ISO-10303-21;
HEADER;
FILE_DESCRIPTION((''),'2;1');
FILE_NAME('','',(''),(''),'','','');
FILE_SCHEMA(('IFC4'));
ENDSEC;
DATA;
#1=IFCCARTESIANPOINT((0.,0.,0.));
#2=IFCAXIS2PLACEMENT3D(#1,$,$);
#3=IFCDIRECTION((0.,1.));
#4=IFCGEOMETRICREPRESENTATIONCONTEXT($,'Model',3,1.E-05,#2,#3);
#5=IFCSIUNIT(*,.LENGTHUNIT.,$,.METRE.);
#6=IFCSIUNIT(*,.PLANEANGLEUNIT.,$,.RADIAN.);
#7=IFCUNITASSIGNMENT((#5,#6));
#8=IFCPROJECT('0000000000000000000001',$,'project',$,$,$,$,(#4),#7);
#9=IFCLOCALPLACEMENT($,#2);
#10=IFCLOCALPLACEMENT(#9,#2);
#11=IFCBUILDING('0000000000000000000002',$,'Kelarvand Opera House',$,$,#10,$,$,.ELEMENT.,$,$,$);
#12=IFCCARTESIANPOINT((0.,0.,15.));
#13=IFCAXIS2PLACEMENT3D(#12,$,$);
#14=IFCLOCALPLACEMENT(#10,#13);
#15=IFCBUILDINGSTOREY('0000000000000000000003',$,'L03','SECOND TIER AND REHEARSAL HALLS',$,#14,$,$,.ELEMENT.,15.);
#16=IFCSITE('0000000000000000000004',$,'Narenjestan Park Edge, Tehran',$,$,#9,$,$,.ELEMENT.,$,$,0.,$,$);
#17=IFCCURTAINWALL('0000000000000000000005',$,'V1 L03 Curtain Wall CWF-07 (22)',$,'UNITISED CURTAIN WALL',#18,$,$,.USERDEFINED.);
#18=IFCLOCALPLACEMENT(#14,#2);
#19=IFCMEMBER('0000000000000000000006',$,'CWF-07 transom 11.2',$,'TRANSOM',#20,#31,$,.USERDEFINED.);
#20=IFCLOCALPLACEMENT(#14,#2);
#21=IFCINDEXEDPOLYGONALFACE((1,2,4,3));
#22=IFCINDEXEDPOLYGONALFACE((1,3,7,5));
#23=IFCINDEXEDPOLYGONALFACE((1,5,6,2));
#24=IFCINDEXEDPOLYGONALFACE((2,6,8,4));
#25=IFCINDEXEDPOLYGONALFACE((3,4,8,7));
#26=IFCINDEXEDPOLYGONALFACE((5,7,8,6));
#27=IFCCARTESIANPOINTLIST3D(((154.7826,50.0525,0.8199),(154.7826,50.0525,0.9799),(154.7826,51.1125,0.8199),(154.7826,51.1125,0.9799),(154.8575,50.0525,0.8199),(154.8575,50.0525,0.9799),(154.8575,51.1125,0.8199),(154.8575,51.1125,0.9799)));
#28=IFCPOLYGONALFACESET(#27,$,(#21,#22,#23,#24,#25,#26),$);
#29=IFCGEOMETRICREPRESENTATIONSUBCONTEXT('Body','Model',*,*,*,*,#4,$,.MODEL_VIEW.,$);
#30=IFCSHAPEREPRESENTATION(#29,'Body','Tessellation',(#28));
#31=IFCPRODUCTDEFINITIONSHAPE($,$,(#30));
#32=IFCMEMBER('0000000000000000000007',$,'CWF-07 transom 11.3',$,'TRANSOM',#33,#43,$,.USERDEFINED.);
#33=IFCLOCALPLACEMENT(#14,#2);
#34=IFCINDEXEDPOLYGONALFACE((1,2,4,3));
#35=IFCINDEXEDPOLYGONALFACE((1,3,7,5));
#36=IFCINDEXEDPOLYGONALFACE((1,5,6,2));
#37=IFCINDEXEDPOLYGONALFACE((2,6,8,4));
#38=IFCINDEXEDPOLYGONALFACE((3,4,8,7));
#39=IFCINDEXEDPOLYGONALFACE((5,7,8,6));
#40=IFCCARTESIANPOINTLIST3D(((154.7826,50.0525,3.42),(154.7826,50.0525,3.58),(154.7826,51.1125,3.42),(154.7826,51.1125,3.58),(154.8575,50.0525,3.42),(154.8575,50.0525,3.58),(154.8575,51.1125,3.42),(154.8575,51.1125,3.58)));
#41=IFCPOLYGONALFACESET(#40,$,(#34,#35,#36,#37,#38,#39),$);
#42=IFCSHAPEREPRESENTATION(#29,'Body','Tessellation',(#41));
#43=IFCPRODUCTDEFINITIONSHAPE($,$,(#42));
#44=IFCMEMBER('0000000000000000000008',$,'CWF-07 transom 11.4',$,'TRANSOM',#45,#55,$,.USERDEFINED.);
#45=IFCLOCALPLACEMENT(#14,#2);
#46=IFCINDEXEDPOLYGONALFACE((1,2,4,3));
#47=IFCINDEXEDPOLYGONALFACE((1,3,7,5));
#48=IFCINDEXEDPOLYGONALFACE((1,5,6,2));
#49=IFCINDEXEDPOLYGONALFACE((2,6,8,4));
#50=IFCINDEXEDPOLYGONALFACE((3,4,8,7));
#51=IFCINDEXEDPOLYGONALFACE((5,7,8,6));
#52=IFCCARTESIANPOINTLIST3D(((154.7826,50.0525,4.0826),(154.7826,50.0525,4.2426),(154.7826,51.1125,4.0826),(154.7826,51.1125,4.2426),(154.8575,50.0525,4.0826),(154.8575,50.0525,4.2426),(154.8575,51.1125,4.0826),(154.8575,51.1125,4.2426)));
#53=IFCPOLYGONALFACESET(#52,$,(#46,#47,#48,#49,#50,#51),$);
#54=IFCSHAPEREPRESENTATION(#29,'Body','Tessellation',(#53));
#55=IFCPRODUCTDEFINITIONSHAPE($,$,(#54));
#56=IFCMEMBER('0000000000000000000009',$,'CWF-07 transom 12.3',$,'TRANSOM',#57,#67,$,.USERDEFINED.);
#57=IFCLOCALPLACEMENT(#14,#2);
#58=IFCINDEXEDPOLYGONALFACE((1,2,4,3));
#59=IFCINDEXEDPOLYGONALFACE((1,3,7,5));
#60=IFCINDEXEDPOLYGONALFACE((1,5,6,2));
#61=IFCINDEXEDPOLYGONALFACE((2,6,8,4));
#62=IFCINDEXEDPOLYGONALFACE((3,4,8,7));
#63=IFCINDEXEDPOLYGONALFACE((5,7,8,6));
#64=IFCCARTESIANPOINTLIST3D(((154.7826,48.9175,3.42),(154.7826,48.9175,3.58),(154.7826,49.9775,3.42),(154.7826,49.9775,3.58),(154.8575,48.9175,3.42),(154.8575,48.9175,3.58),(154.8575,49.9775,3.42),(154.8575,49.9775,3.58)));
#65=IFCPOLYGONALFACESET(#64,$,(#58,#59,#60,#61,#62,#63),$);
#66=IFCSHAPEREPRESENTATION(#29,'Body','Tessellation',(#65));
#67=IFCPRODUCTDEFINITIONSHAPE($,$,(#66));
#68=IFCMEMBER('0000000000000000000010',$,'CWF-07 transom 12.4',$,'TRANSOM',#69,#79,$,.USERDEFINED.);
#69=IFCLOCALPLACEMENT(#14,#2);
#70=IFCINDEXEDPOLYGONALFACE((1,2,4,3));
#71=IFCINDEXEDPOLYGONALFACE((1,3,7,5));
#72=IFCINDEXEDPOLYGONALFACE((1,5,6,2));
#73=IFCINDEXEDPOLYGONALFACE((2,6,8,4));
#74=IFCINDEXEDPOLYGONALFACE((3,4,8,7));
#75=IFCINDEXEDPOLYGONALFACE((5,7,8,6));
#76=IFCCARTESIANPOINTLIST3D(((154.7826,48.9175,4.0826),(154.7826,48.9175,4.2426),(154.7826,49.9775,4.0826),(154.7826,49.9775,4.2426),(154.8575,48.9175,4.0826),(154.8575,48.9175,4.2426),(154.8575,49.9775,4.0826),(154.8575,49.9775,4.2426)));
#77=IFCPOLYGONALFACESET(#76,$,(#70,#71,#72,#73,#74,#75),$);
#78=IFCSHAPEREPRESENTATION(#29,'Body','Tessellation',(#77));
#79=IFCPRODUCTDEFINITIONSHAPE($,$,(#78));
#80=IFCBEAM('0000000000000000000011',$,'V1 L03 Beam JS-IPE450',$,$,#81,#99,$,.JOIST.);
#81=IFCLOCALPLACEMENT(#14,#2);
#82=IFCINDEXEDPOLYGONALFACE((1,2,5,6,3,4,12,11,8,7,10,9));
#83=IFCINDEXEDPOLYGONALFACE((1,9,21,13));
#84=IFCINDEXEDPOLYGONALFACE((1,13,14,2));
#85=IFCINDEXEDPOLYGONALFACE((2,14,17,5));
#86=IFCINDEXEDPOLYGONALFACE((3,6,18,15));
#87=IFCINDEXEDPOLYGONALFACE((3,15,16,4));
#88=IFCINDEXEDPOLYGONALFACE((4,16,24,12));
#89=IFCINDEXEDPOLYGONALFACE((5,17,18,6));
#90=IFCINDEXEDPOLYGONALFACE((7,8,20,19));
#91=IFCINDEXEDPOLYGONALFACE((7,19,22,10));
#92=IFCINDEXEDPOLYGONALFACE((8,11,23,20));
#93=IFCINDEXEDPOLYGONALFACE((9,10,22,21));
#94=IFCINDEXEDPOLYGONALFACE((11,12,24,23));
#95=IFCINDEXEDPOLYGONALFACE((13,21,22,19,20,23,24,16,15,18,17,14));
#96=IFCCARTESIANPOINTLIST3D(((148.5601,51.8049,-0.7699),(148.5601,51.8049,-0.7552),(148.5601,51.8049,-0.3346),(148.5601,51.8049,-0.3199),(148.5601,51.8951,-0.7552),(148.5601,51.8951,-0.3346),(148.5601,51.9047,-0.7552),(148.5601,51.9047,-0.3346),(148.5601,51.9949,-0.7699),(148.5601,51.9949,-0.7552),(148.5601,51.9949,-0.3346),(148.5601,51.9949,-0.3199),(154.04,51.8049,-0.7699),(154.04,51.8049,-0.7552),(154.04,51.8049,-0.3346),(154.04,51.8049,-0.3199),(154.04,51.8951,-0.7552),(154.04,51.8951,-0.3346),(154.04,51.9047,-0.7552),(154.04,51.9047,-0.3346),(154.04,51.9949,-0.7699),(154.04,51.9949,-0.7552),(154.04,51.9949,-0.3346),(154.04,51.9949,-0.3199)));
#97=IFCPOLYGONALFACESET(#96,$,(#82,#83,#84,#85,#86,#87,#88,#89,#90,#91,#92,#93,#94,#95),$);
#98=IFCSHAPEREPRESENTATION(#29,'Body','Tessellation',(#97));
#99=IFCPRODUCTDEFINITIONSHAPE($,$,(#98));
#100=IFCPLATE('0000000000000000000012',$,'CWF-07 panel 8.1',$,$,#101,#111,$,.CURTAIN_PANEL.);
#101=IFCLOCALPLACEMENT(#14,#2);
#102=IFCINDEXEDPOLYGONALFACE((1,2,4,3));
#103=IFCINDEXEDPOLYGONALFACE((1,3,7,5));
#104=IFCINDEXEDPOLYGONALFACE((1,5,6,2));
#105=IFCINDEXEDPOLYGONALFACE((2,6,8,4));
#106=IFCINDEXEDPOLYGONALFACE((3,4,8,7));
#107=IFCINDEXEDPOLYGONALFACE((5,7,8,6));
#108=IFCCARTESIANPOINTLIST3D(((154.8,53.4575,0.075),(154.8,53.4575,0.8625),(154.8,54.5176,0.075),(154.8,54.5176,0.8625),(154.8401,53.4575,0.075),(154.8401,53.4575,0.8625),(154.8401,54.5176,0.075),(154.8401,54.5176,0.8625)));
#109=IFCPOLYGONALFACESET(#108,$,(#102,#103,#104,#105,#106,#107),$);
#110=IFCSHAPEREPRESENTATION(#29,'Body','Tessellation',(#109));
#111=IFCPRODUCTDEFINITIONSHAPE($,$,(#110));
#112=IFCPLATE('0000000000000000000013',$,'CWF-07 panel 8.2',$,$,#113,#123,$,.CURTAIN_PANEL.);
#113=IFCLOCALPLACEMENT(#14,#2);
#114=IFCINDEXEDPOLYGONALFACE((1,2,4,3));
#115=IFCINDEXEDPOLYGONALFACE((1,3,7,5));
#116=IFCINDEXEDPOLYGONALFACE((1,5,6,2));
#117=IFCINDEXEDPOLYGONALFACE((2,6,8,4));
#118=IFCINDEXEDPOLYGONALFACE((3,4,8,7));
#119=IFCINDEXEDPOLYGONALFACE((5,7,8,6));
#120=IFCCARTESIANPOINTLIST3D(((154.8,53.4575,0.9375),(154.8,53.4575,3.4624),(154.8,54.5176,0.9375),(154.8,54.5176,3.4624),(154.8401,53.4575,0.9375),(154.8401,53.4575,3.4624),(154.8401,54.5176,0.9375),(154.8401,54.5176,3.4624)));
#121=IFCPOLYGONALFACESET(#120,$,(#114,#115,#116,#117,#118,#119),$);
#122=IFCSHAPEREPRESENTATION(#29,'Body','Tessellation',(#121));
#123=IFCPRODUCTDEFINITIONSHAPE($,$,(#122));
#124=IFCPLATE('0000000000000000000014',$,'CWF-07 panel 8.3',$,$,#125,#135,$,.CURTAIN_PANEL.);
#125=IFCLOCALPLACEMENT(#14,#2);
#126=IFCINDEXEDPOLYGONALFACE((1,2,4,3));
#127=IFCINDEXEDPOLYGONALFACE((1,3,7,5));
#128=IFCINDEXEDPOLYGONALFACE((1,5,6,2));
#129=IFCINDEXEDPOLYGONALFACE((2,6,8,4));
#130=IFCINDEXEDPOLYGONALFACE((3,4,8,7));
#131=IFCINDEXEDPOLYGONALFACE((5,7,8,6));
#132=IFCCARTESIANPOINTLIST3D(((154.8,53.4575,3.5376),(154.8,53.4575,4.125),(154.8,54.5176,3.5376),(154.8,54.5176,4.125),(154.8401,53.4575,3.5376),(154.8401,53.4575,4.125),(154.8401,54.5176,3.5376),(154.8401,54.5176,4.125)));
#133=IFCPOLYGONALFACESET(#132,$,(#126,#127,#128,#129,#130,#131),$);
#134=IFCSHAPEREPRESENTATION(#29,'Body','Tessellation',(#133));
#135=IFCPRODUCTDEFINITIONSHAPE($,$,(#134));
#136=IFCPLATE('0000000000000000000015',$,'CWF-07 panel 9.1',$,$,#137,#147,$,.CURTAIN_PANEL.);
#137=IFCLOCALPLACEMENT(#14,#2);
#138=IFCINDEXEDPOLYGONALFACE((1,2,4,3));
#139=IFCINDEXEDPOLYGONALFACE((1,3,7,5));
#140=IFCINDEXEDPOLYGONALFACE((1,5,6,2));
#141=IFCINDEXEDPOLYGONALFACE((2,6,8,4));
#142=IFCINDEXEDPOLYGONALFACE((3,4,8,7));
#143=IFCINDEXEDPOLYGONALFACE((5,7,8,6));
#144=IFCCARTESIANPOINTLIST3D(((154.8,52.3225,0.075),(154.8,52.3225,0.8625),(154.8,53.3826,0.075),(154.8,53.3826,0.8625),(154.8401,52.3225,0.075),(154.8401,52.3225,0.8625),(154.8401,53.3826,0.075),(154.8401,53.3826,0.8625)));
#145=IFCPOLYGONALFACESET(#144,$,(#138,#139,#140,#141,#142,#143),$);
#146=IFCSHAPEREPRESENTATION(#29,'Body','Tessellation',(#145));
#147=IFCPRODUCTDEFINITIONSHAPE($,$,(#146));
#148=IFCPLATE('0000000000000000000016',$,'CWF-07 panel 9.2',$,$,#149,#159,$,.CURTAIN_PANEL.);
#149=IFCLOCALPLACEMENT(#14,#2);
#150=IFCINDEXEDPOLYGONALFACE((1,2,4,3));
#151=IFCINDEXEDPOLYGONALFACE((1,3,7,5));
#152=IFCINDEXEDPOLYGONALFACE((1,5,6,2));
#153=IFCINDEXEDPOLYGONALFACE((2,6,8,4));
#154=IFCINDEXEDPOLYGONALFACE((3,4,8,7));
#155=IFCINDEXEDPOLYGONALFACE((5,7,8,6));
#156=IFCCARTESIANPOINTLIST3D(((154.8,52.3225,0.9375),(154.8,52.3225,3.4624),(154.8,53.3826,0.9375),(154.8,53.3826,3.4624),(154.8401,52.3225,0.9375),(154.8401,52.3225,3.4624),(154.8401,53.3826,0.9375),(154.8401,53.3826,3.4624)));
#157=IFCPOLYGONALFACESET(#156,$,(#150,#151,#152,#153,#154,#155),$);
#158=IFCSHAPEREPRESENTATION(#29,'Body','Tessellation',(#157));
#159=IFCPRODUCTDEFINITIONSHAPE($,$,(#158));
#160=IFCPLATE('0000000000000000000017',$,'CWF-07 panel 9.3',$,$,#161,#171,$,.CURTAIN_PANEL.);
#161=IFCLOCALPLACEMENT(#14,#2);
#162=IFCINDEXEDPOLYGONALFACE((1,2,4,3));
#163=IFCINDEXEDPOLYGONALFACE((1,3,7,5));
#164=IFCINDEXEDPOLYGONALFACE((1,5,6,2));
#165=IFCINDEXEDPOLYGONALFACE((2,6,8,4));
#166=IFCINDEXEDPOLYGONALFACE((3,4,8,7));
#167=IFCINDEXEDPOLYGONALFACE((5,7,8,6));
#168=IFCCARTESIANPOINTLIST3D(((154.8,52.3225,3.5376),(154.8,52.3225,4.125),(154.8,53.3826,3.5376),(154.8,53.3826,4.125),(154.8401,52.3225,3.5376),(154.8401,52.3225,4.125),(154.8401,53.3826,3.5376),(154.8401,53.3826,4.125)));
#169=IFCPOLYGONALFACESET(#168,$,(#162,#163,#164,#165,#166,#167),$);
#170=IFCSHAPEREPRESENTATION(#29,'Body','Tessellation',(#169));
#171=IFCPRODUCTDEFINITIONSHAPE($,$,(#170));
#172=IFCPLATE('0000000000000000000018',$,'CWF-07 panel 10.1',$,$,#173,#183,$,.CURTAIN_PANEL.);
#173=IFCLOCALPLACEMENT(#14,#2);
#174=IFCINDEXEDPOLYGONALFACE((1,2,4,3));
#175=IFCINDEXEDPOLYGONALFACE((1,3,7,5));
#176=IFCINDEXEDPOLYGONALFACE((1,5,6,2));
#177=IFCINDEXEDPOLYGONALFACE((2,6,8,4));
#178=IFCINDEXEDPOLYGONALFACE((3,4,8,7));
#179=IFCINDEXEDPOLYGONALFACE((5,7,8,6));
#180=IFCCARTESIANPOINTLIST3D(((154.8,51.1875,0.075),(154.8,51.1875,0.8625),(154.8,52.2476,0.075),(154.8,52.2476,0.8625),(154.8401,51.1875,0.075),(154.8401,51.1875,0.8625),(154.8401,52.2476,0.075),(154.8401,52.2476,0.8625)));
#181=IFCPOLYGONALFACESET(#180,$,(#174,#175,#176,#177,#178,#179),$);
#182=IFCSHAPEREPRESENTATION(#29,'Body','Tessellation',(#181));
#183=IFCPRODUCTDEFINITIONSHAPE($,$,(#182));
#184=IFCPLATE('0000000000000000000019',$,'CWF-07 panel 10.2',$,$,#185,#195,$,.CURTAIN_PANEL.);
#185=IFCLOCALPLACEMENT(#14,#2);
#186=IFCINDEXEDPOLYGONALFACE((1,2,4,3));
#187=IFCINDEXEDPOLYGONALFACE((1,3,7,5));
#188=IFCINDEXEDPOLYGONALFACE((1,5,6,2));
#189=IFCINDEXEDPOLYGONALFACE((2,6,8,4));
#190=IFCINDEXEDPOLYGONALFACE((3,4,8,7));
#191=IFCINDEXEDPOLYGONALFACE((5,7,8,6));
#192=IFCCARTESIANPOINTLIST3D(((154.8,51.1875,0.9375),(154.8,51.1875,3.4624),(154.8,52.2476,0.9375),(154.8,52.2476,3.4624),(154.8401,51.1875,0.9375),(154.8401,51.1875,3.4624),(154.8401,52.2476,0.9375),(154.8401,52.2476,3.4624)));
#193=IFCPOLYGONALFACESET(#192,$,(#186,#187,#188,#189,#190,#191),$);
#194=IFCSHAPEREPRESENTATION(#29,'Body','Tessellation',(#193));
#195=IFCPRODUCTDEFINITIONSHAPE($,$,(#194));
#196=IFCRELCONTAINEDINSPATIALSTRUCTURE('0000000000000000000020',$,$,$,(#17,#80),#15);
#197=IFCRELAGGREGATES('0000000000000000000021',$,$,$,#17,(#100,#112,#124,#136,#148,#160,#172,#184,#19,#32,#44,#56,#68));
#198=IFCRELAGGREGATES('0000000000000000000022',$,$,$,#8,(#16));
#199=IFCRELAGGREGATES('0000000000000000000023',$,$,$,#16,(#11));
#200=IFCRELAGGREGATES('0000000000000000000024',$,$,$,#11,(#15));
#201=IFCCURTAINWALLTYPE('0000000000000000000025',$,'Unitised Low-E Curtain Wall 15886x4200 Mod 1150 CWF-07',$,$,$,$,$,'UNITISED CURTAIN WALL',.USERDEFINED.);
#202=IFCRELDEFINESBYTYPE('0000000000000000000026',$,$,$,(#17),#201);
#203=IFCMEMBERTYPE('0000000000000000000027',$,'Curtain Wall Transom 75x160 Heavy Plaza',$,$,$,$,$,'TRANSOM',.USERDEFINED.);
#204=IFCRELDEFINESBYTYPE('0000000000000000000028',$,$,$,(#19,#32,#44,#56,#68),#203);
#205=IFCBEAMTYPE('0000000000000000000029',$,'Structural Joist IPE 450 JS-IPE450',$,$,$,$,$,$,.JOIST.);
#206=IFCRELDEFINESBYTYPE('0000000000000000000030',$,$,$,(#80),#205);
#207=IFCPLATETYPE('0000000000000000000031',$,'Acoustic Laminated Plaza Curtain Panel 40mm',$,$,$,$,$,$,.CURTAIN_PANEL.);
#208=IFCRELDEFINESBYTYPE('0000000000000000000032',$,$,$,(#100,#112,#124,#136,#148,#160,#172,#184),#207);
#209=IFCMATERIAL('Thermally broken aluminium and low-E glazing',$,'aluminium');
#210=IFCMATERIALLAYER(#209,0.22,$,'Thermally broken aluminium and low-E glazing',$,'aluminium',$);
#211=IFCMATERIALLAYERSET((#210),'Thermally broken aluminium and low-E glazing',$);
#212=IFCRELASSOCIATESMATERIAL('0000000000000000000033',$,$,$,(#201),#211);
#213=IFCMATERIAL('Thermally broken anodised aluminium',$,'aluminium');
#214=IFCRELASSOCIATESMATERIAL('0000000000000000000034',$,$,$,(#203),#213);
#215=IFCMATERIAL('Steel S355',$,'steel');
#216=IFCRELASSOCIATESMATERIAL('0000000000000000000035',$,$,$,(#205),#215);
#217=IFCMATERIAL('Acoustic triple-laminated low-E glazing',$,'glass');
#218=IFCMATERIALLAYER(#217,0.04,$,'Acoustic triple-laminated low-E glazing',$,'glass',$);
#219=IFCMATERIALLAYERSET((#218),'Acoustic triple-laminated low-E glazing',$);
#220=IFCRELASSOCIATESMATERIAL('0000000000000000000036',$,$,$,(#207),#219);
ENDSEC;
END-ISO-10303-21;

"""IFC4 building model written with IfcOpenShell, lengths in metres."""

from ifc_helpers import new_model, si_unit, direction, frame, origin, origin_2d, place, context, subcontext, project, spatial, rectangle, i_section, extrude, material, layer, layer_set, material_profile, profile_set, type_object, element, aggregate, save


model = new_model("IFC4")

# Units and contexts
model_context = context("Model", 3, precision=1e-05, world=origin(), true_north=direction((0.0, 1.0)))
body_context = subcontext(model_context, "Body", "Model", "MODEL_VIEW")
ifc_project = project(units=[si_unit("LENGTHUNIT", "METRE"), si_unit("PLANEANGLEUNIT", "RADIAN")], contexts=[model_context])

# Site, building, storey
site_placement = place(None, origin())
site = spatial("IfcSite", under=ifc_project, at=site_placement, Name="Narenjestan Park Edge, Tehran", CompositionType="ELEMENT", RefElevation=0.0)
building_placement = place(site_placement, origin())
building = spatial("IfcBuilding", under=site, at=building_placement, Name="Kelarvand Opera House", CompositionType="ELEMENT")
storey_placement = place(building_placement, frame((0.0, 0.0, 15.0)))
storey = spatial("IfcBuildingStorey", under=building, at=storey_placement, Name="L03", Description="SECOND TIER AND REHEARSAL HALLS", CompositionType="ELEMENT", Elevation=15.0)

# Curtain wall, members
ifc_material_1 = material(Name="Thermally broken aluminium and low-E glazing", Category="aluminium")
ifc_layer_1 = layer(ifc_material_1, 0.22, Name="Thermally broken aluminium and low-E glazing", Category="aluminium")
ifc_layer_set_1 = layer_set([ifc_layer_1], Name="Thermally broken aluminium and low-E glazing")
curtain_wall_type = type_object("IfcCurtainWallType", Name="Unitised Low-E Curtain Wall 15886x4200 Mod 1150 CWF-07", ElementType="UNITISED CURTAIN WALL", PredefinedType="USERDEFINED", material=ifc_layer_set_1)
curtain_wall_placement = place(storey_placement, origin())
curtain_wall = element("IfcCurtainWall", 1, at=curtain_wall_placement, inside=storey, type_object=curtain_wall_type, Name="V1 L03 Curtain Wall CWF-07 (22)", ObjectType="UNITISED CURTAIN WALL", PredefinedType="USERDEFINED")
ifc_material_2 = material(Name="Thermally broken anodised aluminium", Category="aluminium")
ifc_material_profile_1 = material_profile(ifc_material_2, rectangle(XDim=0.075, YDim=0.1599, at=origin_2d()), Name="ALU TRANSOM 75x160", Category="aluminium")
ifc_profile_set_1 = profile_set([ifc_material_profile_1], Name="Thermally broken anodised aluminium")
member_type_1 = type_object("IfcMemberType", Name="Curtain Wall Transom 75x160 Heavy Plaza", ElementType="TRANSOM", PredefinedType="USERDEFINED", material=ifc_profile_set_1)
member_1_placement = place(storey_placement, frame((154.8201, 51.1125, 0.8999), z_axis=(0.0, -1.0, 0.0), x_axis=(1.0, 0.0, 0.0)))
member_1 = element("IfcMember", 2, at=member_1_placement, type_object=member_type_1, Name="CWF-07 transom 11.2", ObjectType="TRANSOM", PredefinedType="USERDEFINED", context=body_context, shape_type="SweptSolid", body=[
    extrude(rectangle(XDim=0.075, YDim=0.1599, at=origin_2d()), origin(), (0.0, 0.0, 1.0), 1.0601),
])
member_2_placement = place(storey_placement, frame((154.8201, 51.1125, 3.5), z_axis=(0.0, -1.0, 0.0), x_axis=(1.0, 0.0, 0.0)))
member_2 = element("IfcMember", 3, at=member_2_placement, type_object=member_type_1, Name="CWF-07 transom 11.3", ObjectType="TRANSOM", PredefinedType="USERDEFINED", context=body_context, shape_type="SweptSolid", body=[
    extrude(rectangle(XDim=0.075, YDim=0.1599, at=origin_2d()), origin(), (0.0, 0.0, 1.0), 1.0601),
])
member_3_placement = place(storey_placement, frame((154.8201, 51.1125, 4.1626), z_axis=(0.0, -1.0, 0.0), x_axis=(1.0, 0.0, 0.0)))
member_3 = element("IfcMember", 4, at=member_3_placement, type_object=member_type_1, Name="CWF-07 transom 11.4", ObjectType="TRANSOM", PredefinedType="USERDEFINED", context=body_context, shape_type="SweptSolid", body=[
    extrude(rectangle(XDim=0.075, YDim=0.1599, at=origin_2d()), origin(), (0.0, 0.0, 1.0), 1.0601),
])
member_4_placement = place(storey_placement, frame((154.8201, 49.9775, 3.5), z_axis=(0.0, -1.0, 0.0), x_axis=(1.0, 0.0, 0.0)))
member_4 = element("IfcMember", 5, at=member_4_placement, type_object=member_type_1, Name="CWF-07 transom 12.3", ObjectType="TRANSOM", PredefinedType="USERDEFINED", context=body_context, shape_type="SweptSolid", body=[
    extrude(rectangle(XDim=0.075, YDim=0.1599, at=origin_2d()), origin(), (0.0, 0.0, 1.0), 1.0601),
])
member_5_placement = place(storey_placement, frame((154.8201, 49.9775, 4.1626), z_axis=(0.0, -1.0, 0.0), x_axis=(1.0, 0.0, 0.0)))
member_5 = element("IfcMember", 6, at=member_5_placement, type_object=member_type_1, Name="CWF-07 transom 12.4", ObjectType="TRANSOM", PredefinedType="USERDEFINED", context=body_context, shape_type="SweptSolid", body=[
    extrude(rectangle(XDim=0.075, YDim=0.1599, at=origin_2d()), origin(), (0.0, 0.0, 1.0), 1.0601),
])

# Beam
ifc_material_3 = material(Name="Steel S355", Category="steel")
ifc_material_profile_2 = material_profile(ifc_material_3, i_section(OverallWidth=0.1899, OverallDepth=0.45, WebThickness=0.0095, FlangeThickness=0.0146, at=origin_2d()), Name="IPE 450", Category="steel")
ifc_profile_set_2 = profile_set([ifc_material_profile_2], Name="Steel S355")
beam_type = type_object("IfcBeamType", Name="Structural Joist IPE 450 JS-IPE450", PredefinedType="JOIST", material=ifc_profile_set_2)
beam_placement = place(storey_placement, frame((148.5601, 51.8999, -0.5449), z_axis=(1.0, 0.0, 0.0), x_axis=(0.0, 1.0, 0.0)))
element("IfcBeam", 7, at=beam_placement, inside=storey, type_object=beam_type, Name="V1 L03 Beam JS-IPE450", PredefinedType="JOIST", context=body_context, shape_type="SweptSolid", body=[
    extrude(i_section(OverallWidth=0.1899, OverallDepth=0.45, WebThickness=0.0095, FlangeThickness=0.0146, at=origin_2d()), origin(), (0.0, 0.0, 1.0), 5.48),
])

# Plates
ifc_material_4 = material(Name="Acoustic triple-laminated low-E glazing", Category="glass")
ifc_layer_2 = layer(ifc_material_4, 0.04, Name="Acoustic triple-laminated low-E glazing", Category="glass")
ifc_layer_set_2 = layer_set([ifc_layer_2], Name="Acoustic triple-laminated low-E glazing")
plate_type = type_object("IfcPlateType", Name="Acoustic Laminated Plaza Curtain Panel 40mm", PredefinedType="CURTAIN_PANEL", material=ifc_layer_set_2)
plate_1_placement = place(storey_placement, frame((154.8201, 53.9875, 0.075), z_axis=(0.0, 0.0, 1.0), x_axis=(0.0, -1.0, 0.0)))
plate_1 = element("IfcPlate", 8, at=plate_1_placement, type_object=plate_type, Name="CWF-07 panel 8.1", PredefinedType="CURTAIN_PANEL", context=body_context, shape_type="SweptSolid", body=[
    extrude(rectangle(XDim=1.0601, YDim=0.04, at=origin_2d()), origin(), (0.0, 0.0, 1.0), 0.7876),
])
plate_2_placement = place(storey_placement, frame((154.8201, 53.9875, 0.9375), z_axis=(0.0, 0.0, 1.0), x_axis=(0.0, -1.0, 0.0)))
plate_2 = element("IfcPlate", 9, at=plate_2_placement, type_object=plate_type, Name="CWF-07 panel 8.2", PredefinedType="CURTAIN_PANEL", context=body_context, shape_type="SweptSolid", body=[
    extrude(rectangle(XDim=1.0601, YDim=0.04, at=origin_2d()), origin(), (0.0, 0.0, 1.0), 2.5249),
])
plate_3_placement = place(storey_placement, frame((154.8201, 53.9875, 3.5376), z_axis=(0.0, 0.0, 1.0), x_axis=(0.0, -1.0, 0.0)))
plate_3 = element("IfcPlate", 10, at=plate_3_placement, type_object=plate_type, Name="CWF-07 panel 8.3", PredefinedType="CURTAIN_PANEL", context=body_context, shape_type="SweptSolid", body=[
    extrude(rectangle(XDim=1.0601, YDim=0.04, at=origin_2d()), origin(), (0.0, 0.0, 1.0), 0.5874),
])
plate_4_placement = place(storey_placement, frame((154.8201, 52.8525, 0.075), z_axis=(0.0, 0.0, 1.0), x_axis=(0.0, -1.0, 0.0)))
plate_4 = element("IfcPlate", 11, at=plate_4_placement, type_object=plate_type, Name="CWF-07 panel 9.1", PredefinedType="CURTAIN_PANEL", context=body_context, shape_type="SweptSolid", body=[
    extrude(rectangle(XDim=1.0601, YDim=0.04, at=origin_2d()), origin(), (0.0, 0.0, 1.0), 0.7876),
])
plate_5_placement = place(storey_placement, frame((154.8201, 52.8525, 0.9375), z_axis=(0.0, 0.0, 1.0), x_axis=(0.0, -1.0, 0.0)))
plate_5 = element("IfcPlate", 12, at=plate_5_placement, type_object=plate_type, Name="CWF-07 panel 9.2", PredefinedType="CURTAIN_PANEL", context=body_context, shape_type="SweptSolid", body=[
    extrude(rectangle(XDim=1.0601, YDim=0.04, at=origin_2d()), origin(), (0.0, 0.0, 1.0), 2.5249),
])
plate_6_placement = place(storey_placement, frame((154.8201, 52.8525, 3.5376), z_axis=(0.0, 0.0, 1.0), x_axis=(0.0, -1.0, 0.0)))
plate_6 = element("IfcPlate", 13, at=plate_6_placement, type_object=plate_type, Name="CWF-07 panel 9.3", PredefinedType="CURTAIN_PANEL", context=body_context, shape_type="SweptSolid", body=[
    extrude(rectangle(XDim=1.0601, YDim=0.04, at=origin_2d()), origin(), (0.0, 0.0, 1.0), 0.5874),
])
plate_7_placement = place(storey_placement, frame((154.8201, 51.7175, 0.075), z_axis=(0.0, 0.0, 1.0), x_axis=(0.0, -1.0, 0.0)))
plate_7 = element("IfcPlate", 14, at=plate_7_placement, type_object=plate_type, Name="CWF-07 panel 10.1", PredefinedType="CURTAIN_PANEL", context=body_context, shape_type="SweptSolid", body=[
    extrude(rectangle(XDim=1.0601, YDim=0.04, at=origin_2d()), origin(), (0.0, 0.0, 1.0), 0.7876),
])
plate_8_placement = place(storey_placement, frame((154.8201, 51.7175, 0.9375), z_axis=(0.0, 0.0, 1.0), x_axis=(0.0, -1.0, 0.0)))
plate_8 = element("IfcPlate", 15, at=plate_8_placement, type_object=plate_type, Name="CWF-07 panel 10.2", PredefinedType="CURTAIN_PANEL", context=body_context, shape_type="SweptSolid", body=[
    extrude(rectangle(XDim=1.0601, YDim=0.04, at=origin_2d()), origin(), (0.0, 0.0, 1.0), 2.5249),
])
aggregate(curtain_wall, [plate_1, plate_2, plate_3, plate_4, plate_5, plate_6, plate_7, plate_8, member_1, member_2, member_3, member_4, member_5])

save(model, "model.ifc")
